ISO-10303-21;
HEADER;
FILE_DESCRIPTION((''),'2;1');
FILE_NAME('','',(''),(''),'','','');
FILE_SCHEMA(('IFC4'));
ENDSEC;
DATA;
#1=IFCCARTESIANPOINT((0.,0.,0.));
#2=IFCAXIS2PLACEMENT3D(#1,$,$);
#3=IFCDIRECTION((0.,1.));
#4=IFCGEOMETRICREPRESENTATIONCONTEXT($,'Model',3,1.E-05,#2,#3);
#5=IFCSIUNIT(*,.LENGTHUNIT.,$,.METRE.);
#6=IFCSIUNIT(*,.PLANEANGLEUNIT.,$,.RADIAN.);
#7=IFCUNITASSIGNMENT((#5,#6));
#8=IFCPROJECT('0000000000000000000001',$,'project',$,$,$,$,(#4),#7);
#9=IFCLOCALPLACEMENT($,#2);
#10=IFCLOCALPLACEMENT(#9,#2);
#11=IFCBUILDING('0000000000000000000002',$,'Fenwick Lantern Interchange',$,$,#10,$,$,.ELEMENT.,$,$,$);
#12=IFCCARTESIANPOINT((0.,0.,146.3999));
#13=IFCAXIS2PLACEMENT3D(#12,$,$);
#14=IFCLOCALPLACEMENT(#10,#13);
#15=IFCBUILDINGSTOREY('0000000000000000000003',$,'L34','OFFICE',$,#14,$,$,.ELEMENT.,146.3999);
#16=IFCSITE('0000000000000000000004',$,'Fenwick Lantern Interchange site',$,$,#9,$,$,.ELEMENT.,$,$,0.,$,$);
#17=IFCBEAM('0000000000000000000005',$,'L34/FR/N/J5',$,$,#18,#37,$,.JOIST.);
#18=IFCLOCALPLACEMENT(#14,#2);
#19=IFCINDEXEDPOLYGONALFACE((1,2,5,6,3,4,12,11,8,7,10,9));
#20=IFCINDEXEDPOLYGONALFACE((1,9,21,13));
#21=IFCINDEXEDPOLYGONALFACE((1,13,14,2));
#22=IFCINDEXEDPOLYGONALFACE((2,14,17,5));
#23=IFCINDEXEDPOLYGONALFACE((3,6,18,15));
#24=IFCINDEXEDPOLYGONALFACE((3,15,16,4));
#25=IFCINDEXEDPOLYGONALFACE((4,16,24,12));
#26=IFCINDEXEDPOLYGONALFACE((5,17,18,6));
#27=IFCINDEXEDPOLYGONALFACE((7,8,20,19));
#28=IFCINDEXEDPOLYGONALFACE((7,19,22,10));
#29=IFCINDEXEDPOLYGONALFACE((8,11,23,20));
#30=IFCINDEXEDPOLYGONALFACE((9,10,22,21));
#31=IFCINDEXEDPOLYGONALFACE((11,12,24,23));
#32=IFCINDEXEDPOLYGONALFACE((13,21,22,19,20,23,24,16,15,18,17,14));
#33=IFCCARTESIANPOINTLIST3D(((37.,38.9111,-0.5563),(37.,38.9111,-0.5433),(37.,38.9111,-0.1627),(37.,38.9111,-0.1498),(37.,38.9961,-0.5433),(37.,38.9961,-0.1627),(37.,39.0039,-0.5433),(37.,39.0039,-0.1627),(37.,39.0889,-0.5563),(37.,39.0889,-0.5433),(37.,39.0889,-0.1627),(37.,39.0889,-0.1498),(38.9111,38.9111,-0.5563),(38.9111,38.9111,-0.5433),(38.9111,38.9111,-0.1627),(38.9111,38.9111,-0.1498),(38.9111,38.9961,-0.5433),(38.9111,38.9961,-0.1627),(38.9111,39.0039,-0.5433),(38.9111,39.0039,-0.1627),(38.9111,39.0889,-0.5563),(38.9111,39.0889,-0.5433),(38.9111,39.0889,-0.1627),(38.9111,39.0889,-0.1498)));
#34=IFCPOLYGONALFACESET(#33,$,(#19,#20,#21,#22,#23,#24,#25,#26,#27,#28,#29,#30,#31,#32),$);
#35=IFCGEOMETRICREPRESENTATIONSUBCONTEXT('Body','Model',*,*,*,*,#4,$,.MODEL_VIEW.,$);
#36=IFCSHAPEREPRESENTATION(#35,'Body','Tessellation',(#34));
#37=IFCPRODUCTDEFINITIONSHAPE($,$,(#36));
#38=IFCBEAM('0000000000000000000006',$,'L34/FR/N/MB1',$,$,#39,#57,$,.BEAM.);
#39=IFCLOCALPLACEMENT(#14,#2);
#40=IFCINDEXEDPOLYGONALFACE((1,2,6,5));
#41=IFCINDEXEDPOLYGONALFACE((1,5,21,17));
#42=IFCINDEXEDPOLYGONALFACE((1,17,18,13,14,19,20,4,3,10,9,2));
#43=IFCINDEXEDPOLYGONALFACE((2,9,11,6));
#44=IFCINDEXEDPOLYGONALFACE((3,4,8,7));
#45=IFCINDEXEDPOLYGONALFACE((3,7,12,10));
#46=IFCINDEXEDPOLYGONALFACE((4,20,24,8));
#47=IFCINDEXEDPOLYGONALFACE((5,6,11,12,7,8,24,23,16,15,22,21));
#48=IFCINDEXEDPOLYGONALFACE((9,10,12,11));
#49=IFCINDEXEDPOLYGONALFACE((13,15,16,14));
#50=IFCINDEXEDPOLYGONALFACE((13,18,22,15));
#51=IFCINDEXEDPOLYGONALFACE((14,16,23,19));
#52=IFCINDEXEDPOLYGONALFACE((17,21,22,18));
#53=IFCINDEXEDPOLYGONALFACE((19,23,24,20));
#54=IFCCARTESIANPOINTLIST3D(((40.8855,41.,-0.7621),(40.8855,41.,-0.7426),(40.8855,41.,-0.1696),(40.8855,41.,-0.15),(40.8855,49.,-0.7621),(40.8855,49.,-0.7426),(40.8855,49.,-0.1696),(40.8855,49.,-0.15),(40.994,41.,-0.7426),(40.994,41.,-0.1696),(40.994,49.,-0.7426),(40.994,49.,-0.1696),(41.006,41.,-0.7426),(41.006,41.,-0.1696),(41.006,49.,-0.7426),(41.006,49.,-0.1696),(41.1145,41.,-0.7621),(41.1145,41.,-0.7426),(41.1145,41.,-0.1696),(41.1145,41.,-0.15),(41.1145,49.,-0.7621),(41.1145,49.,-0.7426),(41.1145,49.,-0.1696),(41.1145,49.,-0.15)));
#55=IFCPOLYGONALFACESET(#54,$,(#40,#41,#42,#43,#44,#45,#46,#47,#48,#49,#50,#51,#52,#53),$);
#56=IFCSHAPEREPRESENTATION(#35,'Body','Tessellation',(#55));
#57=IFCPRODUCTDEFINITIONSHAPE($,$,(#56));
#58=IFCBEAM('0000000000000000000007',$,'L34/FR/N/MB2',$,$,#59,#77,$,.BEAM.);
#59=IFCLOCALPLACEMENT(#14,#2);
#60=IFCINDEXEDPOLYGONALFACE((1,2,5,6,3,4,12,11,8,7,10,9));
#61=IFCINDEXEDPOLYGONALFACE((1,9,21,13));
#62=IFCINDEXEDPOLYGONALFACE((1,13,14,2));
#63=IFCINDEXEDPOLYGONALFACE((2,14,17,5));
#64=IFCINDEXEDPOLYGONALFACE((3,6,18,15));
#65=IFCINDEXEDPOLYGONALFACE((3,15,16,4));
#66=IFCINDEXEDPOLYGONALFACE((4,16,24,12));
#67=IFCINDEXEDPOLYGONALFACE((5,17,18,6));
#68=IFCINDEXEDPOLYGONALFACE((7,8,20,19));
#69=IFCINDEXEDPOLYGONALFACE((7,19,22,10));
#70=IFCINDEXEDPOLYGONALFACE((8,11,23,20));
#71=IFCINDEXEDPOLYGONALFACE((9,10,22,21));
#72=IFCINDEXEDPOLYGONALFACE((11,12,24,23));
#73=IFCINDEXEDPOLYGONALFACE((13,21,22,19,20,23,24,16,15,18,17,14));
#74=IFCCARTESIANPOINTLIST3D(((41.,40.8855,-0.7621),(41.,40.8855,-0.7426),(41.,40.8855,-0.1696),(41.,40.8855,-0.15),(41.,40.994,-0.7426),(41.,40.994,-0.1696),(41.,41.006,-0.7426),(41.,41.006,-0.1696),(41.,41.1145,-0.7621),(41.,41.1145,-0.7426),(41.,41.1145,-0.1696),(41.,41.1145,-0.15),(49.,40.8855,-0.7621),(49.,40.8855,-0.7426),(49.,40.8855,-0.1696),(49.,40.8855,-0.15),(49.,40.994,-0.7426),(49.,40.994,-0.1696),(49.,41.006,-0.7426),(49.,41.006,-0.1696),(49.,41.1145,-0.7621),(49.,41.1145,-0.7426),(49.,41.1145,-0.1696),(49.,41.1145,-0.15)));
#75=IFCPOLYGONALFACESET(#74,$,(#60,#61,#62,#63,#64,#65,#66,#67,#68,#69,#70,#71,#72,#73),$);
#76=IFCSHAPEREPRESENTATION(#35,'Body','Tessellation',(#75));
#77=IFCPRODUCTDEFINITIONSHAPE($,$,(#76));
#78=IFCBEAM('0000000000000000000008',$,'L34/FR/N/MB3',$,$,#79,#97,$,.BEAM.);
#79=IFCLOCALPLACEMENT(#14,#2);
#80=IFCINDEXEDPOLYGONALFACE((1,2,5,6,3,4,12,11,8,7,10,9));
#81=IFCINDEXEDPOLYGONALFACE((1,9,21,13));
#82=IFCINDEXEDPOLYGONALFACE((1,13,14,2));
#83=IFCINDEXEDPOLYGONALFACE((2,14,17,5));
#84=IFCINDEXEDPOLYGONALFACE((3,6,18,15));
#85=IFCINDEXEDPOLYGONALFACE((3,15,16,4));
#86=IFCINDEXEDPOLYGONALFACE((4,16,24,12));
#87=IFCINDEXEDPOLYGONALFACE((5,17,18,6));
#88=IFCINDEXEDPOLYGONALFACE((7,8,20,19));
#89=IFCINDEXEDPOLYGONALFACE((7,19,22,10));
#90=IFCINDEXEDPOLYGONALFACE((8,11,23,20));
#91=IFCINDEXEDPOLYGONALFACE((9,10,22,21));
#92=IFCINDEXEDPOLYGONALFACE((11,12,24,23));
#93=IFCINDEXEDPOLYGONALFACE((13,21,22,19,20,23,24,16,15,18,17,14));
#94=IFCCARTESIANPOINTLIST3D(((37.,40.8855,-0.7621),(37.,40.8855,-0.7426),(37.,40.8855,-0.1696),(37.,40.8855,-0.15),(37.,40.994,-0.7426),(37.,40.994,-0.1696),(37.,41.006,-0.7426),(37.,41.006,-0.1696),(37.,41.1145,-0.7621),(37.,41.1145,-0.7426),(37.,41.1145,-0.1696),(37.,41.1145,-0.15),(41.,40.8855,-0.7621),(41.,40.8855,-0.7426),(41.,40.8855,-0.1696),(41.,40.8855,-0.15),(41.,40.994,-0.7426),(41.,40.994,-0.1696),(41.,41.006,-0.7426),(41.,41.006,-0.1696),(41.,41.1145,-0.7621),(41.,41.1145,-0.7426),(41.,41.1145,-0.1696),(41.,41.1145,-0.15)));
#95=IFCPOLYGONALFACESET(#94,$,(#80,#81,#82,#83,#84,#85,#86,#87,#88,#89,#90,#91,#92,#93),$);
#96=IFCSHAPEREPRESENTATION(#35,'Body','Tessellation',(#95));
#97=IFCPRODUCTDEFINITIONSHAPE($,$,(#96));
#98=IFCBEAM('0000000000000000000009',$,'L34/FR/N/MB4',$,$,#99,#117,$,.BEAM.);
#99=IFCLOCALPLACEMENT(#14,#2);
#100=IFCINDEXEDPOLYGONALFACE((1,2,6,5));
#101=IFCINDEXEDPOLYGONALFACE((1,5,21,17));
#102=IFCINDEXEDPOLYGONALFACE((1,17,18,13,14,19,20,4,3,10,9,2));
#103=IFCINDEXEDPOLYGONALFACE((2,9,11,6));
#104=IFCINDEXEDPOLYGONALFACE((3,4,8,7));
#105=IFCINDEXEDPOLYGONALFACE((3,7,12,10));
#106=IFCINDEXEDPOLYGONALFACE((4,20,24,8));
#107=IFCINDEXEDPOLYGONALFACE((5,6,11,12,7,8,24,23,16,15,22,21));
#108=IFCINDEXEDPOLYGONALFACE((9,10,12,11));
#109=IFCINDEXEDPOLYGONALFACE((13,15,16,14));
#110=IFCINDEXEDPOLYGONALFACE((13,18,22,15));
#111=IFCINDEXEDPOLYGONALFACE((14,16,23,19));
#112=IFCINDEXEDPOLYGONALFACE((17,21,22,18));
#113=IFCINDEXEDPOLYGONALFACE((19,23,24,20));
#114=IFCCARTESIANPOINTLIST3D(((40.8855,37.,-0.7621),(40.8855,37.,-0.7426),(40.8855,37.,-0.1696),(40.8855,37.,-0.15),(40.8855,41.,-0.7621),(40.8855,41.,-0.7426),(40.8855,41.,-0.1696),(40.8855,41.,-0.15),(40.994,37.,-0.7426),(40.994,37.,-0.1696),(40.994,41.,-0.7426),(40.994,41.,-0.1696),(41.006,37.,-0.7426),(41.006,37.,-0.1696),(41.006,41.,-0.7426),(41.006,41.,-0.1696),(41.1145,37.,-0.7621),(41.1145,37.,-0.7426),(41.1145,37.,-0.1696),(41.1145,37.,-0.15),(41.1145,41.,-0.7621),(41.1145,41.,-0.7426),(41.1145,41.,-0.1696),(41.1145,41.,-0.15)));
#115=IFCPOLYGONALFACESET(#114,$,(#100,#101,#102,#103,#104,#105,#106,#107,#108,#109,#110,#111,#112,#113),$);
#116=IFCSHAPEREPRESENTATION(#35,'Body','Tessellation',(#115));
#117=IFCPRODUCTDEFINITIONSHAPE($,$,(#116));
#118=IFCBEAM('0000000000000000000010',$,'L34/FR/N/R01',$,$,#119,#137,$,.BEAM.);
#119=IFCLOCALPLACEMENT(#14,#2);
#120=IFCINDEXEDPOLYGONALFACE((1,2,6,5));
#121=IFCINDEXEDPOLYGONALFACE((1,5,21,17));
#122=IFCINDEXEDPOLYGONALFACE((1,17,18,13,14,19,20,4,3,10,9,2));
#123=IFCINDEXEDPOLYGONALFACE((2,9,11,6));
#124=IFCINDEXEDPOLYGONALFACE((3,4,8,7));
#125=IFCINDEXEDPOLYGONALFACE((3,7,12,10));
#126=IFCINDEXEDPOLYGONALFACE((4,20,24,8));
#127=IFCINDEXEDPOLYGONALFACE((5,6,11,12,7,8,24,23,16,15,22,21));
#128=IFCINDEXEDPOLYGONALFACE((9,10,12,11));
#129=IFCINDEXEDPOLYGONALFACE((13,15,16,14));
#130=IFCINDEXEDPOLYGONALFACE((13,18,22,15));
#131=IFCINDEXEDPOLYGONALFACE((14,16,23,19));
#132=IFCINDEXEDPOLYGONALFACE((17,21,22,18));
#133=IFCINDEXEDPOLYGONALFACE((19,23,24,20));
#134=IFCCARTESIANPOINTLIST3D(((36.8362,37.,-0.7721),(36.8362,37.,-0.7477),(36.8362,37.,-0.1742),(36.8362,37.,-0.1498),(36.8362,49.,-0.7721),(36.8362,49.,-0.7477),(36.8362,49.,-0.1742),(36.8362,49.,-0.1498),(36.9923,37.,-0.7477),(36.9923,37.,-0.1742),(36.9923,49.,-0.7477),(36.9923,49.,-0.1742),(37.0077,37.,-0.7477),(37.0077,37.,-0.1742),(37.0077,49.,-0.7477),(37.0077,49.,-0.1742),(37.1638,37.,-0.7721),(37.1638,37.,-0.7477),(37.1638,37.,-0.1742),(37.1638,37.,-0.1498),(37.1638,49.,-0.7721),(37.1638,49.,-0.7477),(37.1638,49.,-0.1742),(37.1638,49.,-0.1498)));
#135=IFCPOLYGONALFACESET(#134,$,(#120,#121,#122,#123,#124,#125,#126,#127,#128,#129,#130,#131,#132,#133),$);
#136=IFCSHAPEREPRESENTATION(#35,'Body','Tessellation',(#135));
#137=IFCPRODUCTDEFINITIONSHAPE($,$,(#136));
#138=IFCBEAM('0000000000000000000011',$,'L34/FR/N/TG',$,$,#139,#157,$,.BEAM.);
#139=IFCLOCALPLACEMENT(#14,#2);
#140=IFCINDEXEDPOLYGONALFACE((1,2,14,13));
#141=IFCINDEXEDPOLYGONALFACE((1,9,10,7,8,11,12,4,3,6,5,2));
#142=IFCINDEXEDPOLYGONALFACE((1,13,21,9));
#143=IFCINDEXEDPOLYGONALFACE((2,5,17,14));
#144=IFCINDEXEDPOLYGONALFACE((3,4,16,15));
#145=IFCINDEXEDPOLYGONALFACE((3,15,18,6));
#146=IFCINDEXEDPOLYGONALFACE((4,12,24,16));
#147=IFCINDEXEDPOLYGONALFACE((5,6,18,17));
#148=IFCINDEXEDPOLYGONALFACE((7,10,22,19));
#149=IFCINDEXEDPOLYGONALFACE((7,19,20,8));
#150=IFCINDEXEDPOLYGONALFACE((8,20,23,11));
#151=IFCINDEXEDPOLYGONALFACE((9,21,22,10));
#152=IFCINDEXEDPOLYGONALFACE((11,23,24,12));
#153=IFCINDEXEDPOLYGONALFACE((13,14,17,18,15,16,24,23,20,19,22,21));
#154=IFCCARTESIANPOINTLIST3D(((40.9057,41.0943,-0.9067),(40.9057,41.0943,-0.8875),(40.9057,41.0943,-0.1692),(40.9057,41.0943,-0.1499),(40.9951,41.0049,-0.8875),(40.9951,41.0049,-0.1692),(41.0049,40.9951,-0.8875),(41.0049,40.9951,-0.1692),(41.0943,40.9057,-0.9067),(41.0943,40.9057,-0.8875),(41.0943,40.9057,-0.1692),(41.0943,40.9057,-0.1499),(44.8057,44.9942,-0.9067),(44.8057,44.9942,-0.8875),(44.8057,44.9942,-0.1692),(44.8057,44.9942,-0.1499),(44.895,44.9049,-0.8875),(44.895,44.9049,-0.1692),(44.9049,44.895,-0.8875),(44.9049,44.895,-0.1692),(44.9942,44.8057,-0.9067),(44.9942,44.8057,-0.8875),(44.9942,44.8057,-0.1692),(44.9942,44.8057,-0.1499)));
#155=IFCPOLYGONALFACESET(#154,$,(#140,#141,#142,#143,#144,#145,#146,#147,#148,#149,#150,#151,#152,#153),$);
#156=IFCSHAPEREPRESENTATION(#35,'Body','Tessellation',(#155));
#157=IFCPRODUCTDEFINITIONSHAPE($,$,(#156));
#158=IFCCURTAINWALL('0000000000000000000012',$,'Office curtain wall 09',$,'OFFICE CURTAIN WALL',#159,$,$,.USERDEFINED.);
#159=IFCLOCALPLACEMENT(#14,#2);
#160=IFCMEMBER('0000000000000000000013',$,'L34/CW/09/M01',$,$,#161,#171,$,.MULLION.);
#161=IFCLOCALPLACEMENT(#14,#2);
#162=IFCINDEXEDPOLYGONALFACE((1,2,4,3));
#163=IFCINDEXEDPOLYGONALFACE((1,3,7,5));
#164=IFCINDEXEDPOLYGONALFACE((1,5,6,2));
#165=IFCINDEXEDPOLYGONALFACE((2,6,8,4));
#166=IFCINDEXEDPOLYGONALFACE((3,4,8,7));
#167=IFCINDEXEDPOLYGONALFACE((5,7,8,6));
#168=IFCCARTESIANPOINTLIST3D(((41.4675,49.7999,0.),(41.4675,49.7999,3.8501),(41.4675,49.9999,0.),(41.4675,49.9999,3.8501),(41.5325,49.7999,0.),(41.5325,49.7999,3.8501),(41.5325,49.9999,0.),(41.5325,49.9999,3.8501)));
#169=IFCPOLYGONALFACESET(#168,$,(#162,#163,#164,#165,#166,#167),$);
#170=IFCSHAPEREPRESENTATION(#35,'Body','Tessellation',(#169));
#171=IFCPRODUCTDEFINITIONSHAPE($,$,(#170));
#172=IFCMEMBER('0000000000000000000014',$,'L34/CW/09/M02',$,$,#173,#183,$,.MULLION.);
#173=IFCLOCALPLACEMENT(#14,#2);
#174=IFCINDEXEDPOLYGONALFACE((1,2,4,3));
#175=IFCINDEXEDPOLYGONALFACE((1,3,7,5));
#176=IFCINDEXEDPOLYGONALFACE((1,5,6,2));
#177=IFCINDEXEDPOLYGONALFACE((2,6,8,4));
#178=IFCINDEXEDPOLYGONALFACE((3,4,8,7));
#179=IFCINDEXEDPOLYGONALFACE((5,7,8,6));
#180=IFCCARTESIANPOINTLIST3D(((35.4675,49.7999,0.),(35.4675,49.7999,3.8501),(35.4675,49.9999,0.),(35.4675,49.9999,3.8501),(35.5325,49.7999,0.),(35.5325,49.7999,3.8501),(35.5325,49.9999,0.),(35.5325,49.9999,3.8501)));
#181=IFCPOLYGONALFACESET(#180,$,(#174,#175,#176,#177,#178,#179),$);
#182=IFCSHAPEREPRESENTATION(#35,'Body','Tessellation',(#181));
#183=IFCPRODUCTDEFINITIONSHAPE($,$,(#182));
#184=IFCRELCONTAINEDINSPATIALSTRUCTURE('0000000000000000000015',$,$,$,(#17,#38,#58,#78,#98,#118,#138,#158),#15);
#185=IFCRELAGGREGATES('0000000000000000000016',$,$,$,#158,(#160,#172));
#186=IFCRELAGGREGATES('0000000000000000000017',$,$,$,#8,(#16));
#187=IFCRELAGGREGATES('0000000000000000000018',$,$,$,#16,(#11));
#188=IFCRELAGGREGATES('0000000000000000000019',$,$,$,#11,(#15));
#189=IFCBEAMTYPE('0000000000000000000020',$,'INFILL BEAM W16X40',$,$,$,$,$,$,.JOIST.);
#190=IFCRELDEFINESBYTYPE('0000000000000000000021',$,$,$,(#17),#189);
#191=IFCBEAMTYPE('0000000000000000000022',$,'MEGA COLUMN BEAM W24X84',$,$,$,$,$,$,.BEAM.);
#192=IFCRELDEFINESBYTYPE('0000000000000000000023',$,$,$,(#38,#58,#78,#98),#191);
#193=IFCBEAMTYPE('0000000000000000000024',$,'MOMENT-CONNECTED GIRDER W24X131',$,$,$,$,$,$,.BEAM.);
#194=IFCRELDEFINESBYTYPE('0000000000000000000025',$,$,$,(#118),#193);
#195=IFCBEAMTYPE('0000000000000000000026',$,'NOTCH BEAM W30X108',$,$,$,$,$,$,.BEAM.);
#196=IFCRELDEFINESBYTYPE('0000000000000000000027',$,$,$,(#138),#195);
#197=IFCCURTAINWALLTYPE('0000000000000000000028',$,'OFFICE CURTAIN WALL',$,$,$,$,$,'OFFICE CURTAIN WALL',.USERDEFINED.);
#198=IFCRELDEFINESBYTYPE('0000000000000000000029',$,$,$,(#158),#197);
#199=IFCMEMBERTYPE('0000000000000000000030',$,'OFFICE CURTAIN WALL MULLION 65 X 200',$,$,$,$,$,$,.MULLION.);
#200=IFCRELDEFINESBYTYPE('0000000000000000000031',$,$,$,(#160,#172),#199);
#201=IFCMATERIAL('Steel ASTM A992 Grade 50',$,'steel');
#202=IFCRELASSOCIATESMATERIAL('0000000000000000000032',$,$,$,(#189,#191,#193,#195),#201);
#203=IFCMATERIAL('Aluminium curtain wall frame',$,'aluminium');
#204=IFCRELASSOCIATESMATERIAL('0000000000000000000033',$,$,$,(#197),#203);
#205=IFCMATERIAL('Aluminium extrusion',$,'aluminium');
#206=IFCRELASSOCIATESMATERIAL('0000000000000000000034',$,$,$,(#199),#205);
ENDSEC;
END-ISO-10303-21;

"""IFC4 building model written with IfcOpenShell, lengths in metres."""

from ifc_helpers import new_model, si_unit, direction, frame, origin, origin_2d, place, context, subcontext, project, spatial, rectangle, i_section, extrude, material, material_profile, profile_set, type_object, element, aggregate, save


model = new_model("IFC4")

# Units and contexts
model_context = context("Model", 3, precision=1e-05, world=origin(), true_north=direction((0.0, 1.0)))
body_context = subcontext(model_context, "Body", "Model", "MODEL_VIEW")
ifc_project = project(units=[si_unit("LENGTHUNIT", "METRE"), si_unit("PLANEANGLEUNIT", "RADIAN")], contexts=[model_context])

# Site, building, storey
site_placement = place(None, origin())
site = spatial("IfcSite", under=ifc_project, at=site_placement, Name="Fenwick Lantern Interchange site", CompositionType="ELEMENT", RefElevation=0.0)
building_placement = place(site_placement, origin())
building = spatial("IfcBuilding", under=site, at=building_placement, Name="Fenwick Lantern Interchange", CompositionType="ELEMENT")
storey_placement = place(building_placement, frame((0.0, 0.0, 146.3999)))
storey = spatial("IfcBuildingStorey", under=building, at=storey_placement, Name="L34", Description="OFFICE", CompositionType="ELEMENT", Elevation=146.3999)

# Beams
ifc_material_1 = material(Name="Steel ASTM A992 Grade 50", Category="steel")
ifc_material_profile_1 = material_profile(ifc_material_1, i_section(OverallWidth=0.1777, OverallDepth=0.4065, WebThickness=0.0078, FlangeThickness=0.0129, at=origin_2d()), Name="W16X40")
ifc_profile_set_1 = profile_set([ifc_material_profile_1], Name="Steel ASTM A992 Grade 50")
beam_type_1 = type_object("IfcBeamType", Name="INFILL BEAM W16X40", PredefinedType="JOIST", material=ifc_profile_set_1)
beam_1_placement = place(storey_placement, frame((38.9111, 39.0, -0.353), z_axis=(-1.0, 0.0, 0.0), x_axis=(0.0, -1.0, 0.0)))
element("IfcBeam", 1, at=beam_1_placement, inside=storey, type_object=beam_type_1, Name="L34/FR/N/J5", PredefinedType="JOIST", context=body_context, shape_type="SweptSolid", body=[
    extrude(i_section(OverallWidth=0.1777, OverallDepth=0.4065, WebThickness=0.0078, FlangeThickness=0.0129, at=origin_2d()), origin(), (0.0, 0.0, 1.0), 1.9111),
])
ifc_material_profile_2 = material_profile(ifc_material_1, i_section(OverallWidth=0.229, OverallDepth=0.6121, WebThickness=0.012, FlangeThickness=0.0195, at=origin_2d()), Name="W24X84")
ifc_profile_set_2 = profile_set([ifc_material_profile_2], Name="Steel ASTM A992 Grade 50")
beam_type_2 = type_object("IfcBeamType", Name="MEGA COLUMN BEAM W24X84", PredefinedType="BEAM", material=ifc_profile_set_2)
for number, where, z_axis, x_axis, name in (
    (2, (41.0, 41.0, -0.4561), (0.0, 1.0, 0.0), (-1.0, 0.0, 0.0), "L34/FR/N/MB1"),
    (3, (41.0, 41.0, -0.4561), (1.0, 0.0, 0.0), (0.0, 1.0, 0.0), "L34/FR/N/MB2"),
):
    element("IfcBeam", number, at=place(storey_placement, frame(where, z_axis=z_axis, x_axis=x_axis)), inside=storey, type_object=beam_type_2, Name=name, PredefinedType="BEAM", context=body_context, shape_type="SweptSolid", body=[
        extrude(i_section(OverallWidth=0.229, OverallDepth=0.6121, WebThickness=0.012, FlangeThickness=0.0195, at=origin_2d()), origin(), (0.0, 0.0, 1.0), 8.0),
    ])
for number, where, z_axis, x_axis, name in (
    (4, (41.0, 41.0, -0.4561), (-1.0, 0.0, 0.0), (0.0, -1.0, 0.0), "L34/FR/N/MB3"),
    (5, (41.0, 41.0, -0.4561), (0.0, -1.0, 0.0), (1.0, 0.0, 0.0), "L34/FR/N/MB4"),
):
    element("IfcBeam", number, at=place(storey_placement, frame(where, z_axis=z_axis, x_axis=x_axis)), inside=storey, type_object=beam_type_2, Name=name, PredefinedType="BEAM", context=body_context, shape_type="SweptSolid", body=[
        extrude(i_section(OverallWidth=0.229, OverallDepth=0.6121, WebThickness=0.012, FlangeThickness=0.0195, at=origin_2d()), origin(), (0.0, 0.0, 1.0), 4.0),
    ])
ifc_material_profile_3 = material_profile(ifc_material_1, i_section(OverallWidth=0.3276, OverallDepth=0.6223, WebThickness=0.0154, FlangeThickness=0.0244, at=origin_2d()), Name="W24X131")
ifc_profile_set_3 = profile_set([ifc_material_profile_3], Name="Steel ASTM A992 Grade 50")
beam_type_3 = type_object("IfcBeamType", Name="MOMENT-CONNECTED GIRDER W24X131", PredefinedType="BEAM", material=ifc_profile_set_3)
beam_2_placement = place(storey_placement, frame((37.0, 49.0, -0.4609), z_axis=(0.0, -1.0, 0.0), x_axis=(1.0, 0.0, 0.0)))
element("IfcBeam", 6, at=beam_2_placement, inside=storey, type_object=beam_type_3, Name="L34/FR/N/R01", PredefinedType="BEAM", context=body_context, shape_type="SweptSolid", body=[
    extrude(i_section(OverallWidth=0.3276, OverallDepth=0.6223, WebThickness=0.0154, FlangeThickness=0.0244, at=origin_2d()), origin(), (0.0, 0.0, 1.0), 12.0),
])
ifc_material_profile_4 = material_profile(ifc_material_1, i_section(OverallWidth=0.2666, OverallDepth=0.7568, WebThickness=0.0139, FlangeThickness=0.0193, at=origin_2d()), Name="W30X108")
ifc_profile_set_4 = profile_set([ifc_material_profile_4], Name="Steel ASTM A992 Grade 50")
beam_type_4 = type_object("IfcBeamType", Name="NOTCH BEAM W30X108", PredefinedType="BEAM", material=ifc_profile_set_4)
beam_3_placement = place(storey_placement, frame((41.0, 41.0, -0.5283), z_axis=(0.707107, 0.707107, 0.0), x_axis=(-0.707107, 0.707107, 0.0)))
element("IfcBeam", 7, at=beam_3_placement, inside=storey, type_object=beam_type_4, Name="L34/FR/N/TG", PredefinedType="BEAM", context=body_context, shape_type="SweptSolid", body=[
    extrude(i_section(OverallWidth=0.2666, OverallDepth=0.7568, WebThickness=0.0139, FlangeThickness=0.0193, at=origin_2d()), origin(), (0.0, 0.0, 1.0), 5.5154),
])

# Curtain wall, members
ifc_material_2 = material(Name="Aluminium curtain wall frame", Category="aluminium")
curtain_wall_type = type_object("IfcCurtainWallType", Name="OFFICE CURTAIN WALL", ElementType="OFFICE CURTAIN WALL", PredefinedType="USERDEFINED", material=ifc_material_2)
curtain_wall_placement = place(storey_placement, origin())
curtain_wall = element("IfcCurtainWall", 8, at=curtain_wall_placement, inside=storey, type_object=curtain_wall_type, Name="Office curtain wall 09", ObjectType="OFFICE CURTAIN WALL", PredefinedType="USERDEFINED")
ifc_material_3 = material(Name="Aluminium extrusion", Category="aluminium")
ifc_material_profile_5 = material_profile(ifc_material_3, rectangle(XDim=0.2, YDim=0.0649, at=origin_2d()), Name="OFFICE CURTAIN WALL MULLION 65 X 200")
ifc_profile_set_5 = profile_set([ifc_material_profile_5], Name="Aluminium extrusion")
member_type_1 = type_object("IfcMemberType", Name="OFFICE CURTAIN WALL MULLION 65 X 200", PredefinedType="MULLION", material=ifc_profile_set_5)
member_1_placement = place(storey_placement, frame((41.5, 49.8999, 0.0), z_axis=(0.0, 0.0, 1.0), x_axis=(0.0, -1.0, 0.0)))
member_1 = element("IfcMember", 9, at=member_1_placement, type_object=member_type_1, Name="L34/CW/09/M01", PredefinedType="MULLION", context=body_context, shape_type="SweptSolid", body=[
    extrude(rectangle(XDim=0.2, YDim=0.0649, at=origin_2d()), origin(), (0.0, 0.0, 1.0), 3.8501),
])
member_2_placement = place(storey_placement, frame((35.5, 49.8999, 0.0), z_axis=(0.0, 0.0, 1.0), x_axis=(0.0, -1.0, 0.0)))
member_2 = element("IfcMember", 10, at=member_2_placement, type_object=member_type_1, Name="L34/CW/09/M02", PredefinedType="MULLION", context=body_context, shape_type="SweptSolid", body=[
    extrude(rectangle(XDim=0.2, YDim=0.0649, at=origin_2d()), origin(), (0.0, 0.0, 1.0), 3.8501),
])
aggregate(curtain_wall, [member_1, member_2])

save(model, "model.ifc")
